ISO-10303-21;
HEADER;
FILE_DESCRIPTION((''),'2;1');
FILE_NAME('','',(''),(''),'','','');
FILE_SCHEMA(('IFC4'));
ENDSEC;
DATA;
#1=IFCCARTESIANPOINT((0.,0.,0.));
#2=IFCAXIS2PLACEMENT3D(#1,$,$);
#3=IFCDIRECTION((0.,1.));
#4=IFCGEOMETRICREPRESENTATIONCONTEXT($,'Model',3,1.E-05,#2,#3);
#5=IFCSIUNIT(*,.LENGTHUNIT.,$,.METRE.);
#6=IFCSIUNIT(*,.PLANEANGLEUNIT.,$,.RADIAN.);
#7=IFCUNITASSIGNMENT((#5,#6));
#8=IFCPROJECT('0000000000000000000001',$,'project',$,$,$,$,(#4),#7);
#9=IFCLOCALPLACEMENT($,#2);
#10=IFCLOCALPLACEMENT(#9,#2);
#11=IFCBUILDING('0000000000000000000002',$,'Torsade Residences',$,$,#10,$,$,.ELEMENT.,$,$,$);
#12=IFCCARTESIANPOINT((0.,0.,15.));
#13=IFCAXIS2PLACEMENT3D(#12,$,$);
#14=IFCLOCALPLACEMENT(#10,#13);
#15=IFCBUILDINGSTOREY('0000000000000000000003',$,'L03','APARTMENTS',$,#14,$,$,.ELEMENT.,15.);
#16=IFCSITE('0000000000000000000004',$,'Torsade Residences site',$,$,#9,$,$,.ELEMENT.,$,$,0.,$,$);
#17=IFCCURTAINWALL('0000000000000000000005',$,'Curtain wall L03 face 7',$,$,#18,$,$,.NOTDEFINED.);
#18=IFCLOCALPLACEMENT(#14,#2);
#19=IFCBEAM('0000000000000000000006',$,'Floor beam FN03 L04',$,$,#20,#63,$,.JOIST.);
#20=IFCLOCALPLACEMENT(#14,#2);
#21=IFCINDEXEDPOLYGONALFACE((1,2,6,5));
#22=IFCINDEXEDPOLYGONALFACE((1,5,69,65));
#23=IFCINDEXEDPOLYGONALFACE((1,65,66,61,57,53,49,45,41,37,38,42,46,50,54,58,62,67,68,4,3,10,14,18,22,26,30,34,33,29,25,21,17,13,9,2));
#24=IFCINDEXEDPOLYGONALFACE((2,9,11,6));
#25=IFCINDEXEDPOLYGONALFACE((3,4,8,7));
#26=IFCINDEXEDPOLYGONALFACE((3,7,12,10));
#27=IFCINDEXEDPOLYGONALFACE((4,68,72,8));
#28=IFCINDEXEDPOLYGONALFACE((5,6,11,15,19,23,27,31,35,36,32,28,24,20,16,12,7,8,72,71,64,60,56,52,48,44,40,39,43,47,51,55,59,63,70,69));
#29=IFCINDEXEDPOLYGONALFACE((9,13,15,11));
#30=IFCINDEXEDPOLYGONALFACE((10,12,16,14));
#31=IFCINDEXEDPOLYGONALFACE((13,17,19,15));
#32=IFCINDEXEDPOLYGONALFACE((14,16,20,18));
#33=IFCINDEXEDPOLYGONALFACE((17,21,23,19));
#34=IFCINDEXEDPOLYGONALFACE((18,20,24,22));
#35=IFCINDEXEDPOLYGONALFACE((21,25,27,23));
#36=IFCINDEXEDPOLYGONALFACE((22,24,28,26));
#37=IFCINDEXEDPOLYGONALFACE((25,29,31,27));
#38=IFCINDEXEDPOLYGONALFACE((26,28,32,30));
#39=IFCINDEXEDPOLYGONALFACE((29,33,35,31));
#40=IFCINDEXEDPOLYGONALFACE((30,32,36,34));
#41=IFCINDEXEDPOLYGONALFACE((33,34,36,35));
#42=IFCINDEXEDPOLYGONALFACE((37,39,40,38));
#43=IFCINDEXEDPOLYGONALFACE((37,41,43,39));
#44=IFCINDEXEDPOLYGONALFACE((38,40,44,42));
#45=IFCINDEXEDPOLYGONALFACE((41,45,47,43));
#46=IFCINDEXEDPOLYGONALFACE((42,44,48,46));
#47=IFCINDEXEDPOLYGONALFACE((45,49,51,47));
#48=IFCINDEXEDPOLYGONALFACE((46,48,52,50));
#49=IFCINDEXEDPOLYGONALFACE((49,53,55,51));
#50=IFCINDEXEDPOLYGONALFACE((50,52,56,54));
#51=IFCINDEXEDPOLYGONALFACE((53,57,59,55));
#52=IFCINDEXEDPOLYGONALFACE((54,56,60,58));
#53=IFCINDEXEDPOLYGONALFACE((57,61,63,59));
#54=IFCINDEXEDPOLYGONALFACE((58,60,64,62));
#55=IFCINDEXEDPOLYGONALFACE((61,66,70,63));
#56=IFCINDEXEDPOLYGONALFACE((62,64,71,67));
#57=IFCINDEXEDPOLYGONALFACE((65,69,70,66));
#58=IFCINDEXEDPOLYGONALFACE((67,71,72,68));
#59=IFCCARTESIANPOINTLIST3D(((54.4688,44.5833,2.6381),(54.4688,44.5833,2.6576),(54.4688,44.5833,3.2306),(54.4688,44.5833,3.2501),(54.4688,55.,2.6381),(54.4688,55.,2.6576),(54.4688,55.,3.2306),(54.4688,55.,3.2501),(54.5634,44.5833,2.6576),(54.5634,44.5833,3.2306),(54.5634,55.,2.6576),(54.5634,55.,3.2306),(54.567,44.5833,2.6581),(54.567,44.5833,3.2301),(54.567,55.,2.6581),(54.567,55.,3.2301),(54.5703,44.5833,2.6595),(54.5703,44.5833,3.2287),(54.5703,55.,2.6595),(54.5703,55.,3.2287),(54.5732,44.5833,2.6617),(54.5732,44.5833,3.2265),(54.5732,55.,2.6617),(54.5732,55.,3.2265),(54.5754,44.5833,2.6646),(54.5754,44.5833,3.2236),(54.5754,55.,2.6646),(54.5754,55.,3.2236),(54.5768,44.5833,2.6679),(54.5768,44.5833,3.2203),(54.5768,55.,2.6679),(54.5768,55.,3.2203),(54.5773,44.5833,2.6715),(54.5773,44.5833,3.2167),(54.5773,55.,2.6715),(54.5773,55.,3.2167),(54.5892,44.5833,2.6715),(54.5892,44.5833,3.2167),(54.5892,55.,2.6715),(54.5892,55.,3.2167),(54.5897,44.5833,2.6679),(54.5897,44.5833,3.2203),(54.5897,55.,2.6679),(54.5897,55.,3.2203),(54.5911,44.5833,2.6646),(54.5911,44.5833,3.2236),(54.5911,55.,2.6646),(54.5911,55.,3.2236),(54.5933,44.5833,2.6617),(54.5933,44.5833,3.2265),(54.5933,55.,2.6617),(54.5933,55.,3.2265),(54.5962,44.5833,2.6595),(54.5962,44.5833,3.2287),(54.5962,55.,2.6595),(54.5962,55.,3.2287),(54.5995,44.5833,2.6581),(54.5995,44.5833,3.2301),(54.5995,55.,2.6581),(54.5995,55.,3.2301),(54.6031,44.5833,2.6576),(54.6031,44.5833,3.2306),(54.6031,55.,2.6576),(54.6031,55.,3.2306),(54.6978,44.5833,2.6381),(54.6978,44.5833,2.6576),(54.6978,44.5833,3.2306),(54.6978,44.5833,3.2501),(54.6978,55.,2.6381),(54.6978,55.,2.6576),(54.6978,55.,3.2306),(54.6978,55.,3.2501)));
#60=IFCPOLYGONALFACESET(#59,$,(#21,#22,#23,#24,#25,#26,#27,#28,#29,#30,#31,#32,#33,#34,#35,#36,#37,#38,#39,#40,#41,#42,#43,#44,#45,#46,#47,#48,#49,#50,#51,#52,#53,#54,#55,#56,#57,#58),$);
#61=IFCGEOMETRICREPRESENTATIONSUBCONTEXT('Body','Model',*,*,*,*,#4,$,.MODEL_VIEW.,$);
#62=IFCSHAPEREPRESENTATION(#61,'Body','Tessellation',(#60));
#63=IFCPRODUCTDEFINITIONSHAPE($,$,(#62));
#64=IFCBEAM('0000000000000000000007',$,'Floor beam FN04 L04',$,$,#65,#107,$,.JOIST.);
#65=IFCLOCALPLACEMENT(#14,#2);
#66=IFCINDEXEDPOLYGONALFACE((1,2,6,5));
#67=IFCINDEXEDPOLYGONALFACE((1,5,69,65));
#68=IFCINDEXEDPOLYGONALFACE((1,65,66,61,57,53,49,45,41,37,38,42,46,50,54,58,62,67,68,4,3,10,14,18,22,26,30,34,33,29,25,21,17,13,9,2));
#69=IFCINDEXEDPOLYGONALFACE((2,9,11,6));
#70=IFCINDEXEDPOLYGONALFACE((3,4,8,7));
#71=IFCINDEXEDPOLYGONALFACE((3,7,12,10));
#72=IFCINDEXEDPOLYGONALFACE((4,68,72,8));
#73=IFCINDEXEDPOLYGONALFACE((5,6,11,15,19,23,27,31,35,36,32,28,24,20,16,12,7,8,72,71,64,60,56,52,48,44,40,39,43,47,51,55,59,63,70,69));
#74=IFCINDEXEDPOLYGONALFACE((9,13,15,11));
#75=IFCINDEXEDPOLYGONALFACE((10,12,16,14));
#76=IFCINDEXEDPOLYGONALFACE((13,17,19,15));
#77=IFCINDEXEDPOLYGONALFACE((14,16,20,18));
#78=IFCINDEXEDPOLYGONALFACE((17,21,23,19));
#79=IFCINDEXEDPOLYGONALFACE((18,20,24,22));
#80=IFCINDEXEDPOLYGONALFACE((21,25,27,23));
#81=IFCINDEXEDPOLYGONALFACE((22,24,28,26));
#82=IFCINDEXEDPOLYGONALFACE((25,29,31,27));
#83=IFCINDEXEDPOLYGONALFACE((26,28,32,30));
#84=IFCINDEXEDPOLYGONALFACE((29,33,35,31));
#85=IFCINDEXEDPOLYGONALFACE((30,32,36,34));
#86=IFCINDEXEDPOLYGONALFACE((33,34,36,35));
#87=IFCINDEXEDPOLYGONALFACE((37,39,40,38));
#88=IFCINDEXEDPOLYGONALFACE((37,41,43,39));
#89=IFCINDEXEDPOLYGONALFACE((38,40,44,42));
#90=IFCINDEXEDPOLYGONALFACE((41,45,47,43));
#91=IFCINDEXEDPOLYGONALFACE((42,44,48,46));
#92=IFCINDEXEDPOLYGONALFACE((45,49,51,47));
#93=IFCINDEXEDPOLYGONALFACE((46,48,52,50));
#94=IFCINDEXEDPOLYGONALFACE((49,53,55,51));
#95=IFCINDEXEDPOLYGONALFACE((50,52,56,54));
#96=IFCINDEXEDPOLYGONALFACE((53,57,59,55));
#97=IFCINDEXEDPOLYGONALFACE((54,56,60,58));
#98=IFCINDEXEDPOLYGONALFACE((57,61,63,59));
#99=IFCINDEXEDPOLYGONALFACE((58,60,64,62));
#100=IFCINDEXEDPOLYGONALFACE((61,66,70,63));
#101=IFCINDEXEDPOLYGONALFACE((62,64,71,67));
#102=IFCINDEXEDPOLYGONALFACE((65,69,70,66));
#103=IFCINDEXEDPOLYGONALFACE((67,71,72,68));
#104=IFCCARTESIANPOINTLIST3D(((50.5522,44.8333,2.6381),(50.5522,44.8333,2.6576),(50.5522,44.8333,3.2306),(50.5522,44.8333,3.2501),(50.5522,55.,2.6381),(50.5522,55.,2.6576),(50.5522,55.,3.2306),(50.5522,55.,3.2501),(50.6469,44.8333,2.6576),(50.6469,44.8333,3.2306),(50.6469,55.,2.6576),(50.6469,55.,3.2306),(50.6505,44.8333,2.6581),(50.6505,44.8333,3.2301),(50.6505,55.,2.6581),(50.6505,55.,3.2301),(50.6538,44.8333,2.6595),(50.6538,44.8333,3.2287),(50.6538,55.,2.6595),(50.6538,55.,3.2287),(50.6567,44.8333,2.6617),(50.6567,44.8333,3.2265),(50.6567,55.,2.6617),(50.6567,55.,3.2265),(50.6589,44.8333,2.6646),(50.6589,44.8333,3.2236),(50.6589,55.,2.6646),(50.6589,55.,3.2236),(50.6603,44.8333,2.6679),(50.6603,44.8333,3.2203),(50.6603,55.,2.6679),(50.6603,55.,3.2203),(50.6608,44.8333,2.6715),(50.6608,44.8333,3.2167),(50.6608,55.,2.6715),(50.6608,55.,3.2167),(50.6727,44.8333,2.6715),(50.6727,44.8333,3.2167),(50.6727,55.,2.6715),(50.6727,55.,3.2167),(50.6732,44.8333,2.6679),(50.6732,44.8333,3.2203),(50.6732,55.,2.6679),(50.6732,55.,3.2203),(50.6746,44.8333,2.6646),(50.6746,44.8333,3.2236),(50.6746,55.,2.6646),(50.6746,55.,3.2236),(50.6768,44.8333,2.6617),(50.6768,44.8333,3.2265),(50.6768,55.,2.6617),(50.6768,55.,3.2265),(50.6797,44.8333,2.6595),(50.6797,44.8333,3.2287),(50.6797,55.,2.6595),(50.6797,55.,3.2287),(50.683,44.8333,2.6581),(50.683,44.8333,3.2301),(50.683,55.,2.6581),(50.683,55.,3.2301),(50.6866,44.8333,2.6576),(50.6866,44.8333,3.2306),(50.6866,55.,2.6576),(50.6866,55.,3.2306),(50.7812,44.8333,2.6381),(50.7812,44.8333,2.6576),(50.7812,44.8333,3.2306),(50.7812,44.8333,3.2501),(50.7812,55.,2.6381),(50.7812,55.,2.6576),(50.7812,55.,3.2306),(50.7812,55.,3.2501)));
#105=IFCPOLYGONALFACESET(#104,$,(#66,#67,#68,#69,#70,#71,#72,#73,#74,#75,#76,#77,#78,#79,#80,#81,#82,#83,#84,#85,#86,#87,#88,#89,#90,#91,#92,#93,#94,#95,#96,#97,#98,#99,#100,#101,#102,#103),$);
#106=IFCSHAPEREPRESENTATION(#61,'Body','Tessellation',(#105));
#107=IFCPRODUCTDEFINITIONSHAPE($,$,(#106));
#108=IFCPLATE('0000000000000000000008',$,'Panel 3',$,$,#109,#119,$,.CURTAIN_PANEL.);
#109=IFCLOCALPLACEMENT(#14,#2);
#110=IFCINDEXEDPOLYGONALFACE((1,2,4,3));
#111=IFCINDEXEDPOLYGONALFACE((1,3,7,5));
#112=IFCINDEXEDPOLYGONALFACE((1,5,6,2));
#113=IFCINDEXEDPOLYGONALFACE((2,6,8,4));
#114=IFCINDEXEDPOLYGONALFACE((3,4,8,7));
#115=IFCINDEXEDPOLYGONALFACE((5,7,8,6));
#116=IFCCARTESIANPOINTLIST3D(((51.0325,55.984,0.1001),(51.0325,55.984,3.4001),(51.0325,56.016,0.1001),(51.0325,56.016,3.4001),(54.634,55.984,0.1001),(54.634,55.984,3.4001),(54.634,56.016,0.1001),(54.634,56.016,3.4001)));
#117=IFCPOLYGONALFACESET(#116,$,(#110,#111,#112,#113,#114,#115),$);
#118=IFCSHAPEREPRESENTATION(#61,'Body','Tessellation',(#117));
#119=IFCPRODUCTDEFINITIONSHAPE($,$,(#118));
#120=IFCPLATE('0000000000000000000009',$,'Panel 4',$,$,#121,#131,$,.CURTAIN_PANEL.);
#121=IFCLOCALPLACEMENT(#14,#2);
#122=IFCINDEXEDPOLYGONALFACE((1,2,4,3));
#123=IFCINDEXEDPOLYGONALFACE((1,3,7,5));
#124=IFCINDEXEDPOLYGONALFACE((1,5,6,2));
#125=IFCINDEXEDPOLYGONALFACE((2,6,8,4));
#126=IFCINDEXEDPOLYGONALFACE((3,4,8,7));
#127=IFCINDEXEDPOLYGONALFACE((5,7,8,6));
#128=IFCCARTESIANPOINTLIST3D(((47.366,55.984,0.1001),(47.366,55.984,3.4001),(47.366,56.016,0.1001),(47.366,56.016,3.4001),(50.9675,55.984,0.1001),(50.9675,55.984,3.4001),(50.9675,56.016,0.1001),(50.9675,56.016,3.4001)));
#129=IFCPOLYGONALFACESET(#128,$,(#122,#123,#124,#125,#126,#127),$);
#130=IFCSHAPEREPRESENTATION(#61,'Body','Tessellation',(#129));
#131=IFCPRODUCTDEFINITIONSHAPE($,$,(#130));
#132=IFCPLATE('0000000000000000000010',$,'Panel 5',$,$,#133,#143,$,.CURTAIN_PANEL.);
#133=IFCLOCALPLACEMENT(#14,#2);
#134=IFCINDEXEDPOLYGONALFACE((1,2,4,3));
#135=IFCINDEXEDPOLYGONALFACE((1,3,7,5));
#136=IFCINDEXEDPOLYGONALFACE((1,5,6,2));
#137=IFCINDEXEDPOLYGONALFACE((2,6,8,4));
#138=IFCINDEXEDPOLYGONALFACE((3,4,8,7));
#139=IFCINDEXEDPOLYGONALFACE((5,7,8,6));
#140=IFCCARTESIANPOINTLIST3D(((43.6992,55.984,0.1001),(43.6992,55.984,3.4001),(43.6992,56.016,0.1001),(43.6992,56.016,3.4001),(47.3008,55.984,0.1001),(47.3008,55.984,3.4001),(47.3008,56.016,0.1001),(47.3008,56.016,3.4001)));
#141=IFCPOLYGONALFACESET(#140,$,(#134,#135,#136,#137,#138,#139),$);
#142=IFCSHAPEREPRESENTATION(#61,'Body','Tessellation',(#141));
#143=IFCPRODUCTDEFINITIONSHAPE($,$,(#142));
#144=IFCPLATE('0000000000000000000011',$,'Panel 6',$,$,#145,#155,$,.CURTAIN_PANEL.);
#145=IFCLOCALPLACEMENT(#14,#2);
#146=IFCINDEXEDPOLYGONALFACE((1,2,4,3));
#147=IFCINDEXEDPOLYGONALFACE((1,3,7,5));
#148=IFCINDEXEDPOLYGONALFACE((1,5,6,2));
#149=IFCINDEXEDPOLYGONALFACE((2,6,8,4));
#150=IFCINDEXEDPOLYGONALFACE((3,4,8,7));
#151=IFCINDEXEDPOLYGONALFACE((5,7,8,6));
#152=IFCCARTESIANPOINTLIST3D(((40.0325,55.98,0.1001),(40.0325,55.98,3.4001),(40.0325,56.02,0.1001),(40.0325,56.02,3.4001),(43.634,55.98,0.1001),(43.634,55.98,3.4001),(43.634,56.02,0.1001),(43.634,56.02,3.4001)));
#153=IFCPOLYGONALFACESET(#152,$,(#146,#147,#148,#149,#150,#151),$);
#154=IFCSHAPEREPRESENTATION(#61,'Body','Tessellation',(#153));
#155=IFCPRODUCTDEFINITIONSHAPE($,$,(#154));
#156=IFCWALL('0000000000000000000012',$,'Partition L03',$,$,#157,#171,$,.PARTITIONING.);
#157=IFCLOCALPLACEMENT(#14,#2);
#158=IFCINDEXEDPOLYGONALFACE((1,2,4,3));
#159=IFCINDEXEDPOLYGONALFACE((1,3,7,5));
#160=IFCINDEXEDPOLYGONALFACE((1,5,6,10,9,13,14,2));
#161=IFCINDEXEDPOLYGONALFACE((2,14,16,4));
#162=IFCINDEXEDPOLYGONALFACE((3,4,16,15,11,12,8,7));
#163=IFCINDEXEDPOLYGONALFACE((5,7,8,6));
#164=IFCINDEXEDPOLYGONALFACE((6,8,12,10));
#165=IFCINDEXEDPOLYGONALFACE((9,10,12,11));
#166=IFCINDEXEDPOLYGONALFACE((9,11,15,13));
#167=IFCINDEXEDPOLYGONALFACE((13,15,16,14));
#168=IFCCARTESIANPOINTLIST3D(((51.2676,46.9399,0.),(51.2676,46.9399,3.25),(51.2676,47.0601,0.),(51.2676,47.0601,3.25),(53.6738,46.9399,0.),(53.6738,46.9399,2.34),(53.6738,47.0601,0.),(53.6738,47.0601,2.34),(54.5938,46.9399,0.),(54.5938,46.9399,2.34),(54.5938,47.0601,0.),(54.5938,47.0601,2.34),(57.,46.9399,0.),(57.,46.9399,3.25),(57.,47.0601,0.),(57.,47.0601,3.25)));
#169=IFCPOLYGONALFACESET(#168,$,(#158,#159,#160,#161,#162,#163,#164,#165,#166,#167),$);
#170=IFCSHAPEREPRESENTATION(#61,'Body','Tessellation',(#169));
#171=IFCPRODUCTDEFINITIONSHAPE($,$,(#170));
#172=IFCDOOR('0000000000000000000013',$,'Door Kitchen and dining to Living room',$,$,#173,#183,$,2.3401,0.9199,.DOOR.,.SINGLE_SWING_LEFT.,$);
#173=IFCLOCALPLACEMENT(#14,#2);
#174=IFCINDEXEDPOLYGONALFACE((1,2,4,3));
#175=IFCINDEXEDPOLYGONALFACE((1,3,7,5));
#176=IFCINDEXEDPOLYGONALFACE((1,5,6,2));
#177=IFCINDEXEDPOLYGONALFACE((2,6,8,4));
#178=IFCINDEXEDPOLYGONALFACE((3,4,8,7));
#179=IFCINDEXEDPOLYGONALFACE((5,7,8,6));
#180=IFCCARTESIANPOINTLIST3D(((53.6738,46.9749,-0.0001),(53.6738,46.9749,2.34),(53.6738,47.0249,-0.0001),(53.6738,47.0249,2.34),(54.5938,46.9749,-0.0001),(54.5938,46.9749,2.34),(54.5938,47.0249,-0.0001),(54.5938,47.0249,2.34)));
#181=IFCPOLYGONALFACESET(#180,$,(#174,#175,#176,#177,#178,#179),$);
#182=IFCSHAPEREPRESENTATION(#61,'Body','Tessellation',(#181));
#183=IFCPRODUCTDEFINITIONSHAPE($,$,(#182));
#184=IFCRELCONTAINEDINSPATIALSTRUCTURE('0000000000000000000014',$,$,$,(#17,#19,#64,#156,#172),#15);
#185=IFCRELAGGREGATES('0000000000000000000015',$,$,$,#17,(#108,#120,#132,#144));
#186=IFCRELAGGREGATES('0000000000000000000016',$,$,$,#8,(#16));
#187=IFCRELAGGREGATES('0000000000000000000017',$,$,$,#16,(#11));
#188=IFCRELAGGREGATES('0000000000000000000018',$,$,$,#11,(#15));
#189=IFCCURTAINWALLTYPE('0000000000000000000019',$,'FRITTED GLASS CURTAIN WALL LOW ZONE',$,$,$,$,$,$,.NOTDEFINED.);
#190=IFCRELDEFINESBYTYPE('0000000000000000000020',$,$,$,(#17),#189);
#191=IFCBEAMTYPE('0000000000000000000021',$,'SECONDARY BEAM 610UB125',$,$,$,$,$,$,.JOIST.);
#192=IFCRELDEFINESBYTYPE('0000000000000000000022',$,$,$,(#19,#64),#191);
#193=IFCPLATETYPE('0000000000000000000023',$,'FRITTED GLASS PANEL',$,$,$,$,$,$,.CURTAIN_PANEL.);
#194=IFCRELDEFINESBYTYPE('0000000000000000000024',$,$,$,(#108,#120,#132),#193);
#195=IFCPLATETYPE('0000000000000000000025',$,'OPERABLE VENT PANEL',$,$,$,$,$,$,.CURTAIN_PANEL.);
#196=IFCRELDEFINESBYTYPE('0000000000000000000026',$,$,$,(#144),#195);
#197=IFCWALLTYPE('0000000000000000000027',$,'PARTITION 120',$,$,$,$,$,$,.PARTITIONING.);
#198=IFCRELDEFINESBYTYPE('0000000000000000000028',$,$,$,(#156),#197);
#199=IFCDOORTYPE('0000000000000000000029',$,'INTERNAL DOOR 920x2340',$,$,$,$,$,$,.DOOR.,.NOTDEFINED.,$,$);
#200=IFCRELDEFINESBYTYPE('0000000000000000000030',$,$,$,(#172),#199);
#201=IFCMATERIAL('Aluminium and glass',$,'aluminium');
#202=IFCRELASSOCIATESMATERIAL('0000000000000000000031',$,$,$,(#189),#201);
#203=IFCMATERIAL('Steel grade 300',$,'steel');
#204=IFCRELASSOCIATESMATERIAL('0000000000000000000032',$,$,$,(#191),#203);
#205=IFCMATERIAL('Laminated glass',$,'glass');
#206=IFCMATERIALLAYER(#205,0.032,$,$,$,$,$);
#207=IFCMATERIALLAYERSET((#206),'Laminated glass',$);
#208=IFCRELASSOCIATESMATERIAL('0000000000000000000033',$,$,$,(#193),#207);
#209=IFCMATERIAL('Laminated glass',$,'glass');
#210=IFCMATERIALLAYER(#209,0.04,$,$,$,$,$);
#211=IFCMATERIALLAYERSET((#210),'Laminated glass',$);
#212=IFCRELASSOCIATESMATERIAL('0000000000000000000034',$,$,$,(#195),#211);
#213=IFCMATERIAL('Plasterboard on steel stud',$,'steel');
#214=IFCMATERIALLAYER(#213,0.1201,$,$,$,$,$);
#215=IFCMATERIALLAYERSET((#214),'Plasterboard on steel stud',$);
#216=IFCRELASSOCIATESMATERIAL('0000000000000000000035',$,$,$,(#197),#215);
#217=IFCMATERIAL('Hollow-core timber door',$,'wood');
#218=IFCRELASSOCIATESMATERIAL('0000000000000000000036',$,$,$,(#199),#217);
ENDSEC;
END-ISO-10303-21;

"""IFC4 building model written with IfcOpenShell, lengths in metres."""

from ifc_helpers import new_model, si_unit, direction, frame, frame_2d, origin, origin_2d, place, context, subcontext, project, spatial, rectangle, i_section, extrude, material, layer, layer_set, material_profile, profile_set, type_object, element, fill, aggregate, save


model = new_model("IFC4")

# Units and contexts
model_context = context("Model", 3, precision=1e-05, world=origin(), true_north=direction((0.0, 1.0)))
body_context = subcontext(model_context, "Body", "Model", "MODEL_VIEW")
ifc_project = project(units=[si_unit("LENGTHUNIT", "METRE"), si_unit("PLANEANGLEUNIT", "RADIAN")], contexts=[model_context])

# Site, building, storey
site_placement = place(None, origin())
site = spatial("IfcSite", under=ifc_project, at=site_placement, Name="Torsade Residences site", CompositionType="ELEMENT", RefElevation=0.0)
building_placement = place(site_placement, origin())
building = spatial("IfcBuilding", under=site, at=building_placement, Name="Torsade Residences", CompositionType="ELEMENT")
storey_placement = place(building_placement, frame((0.0, 0.0, 15.0)))
storey = spatial("IfcBuildingStorey", under=building, at=storey_placement, Name="L03", Description="APARTMENTS", CompositionType="ELEMENT", Elevation=15.0)

# Curtain wall
ifc_material_1 = material(Name="Aluminium and glass", Category="aluminium")
curtain_wall_type = type_object("IfcCurtainWallType", Name="FRITTED GLASS CURTAIN WALL LOW ZONE", PredefinedType="NOTDEFINED", material=ifc_material_1)
curtain_wall_placement = place(storey_placement, origin())
curtain_wall = element("IfcCurtainWall", 1, at=curtain_wall_placement, inside=storey, type_object=curtain_wall_type, Name="Curtain wall L03 face 7", PredefinedType="NOTDEFINED")

# Beams
ifc_material_2 = material(Name="Steel grade 300", Category="steel")
ifc_material_profile_1 = material_profile(ifc_material_2, i_section(OverallWidth=0.229, OverallDepth=0.6121, WebThickness=0.012, FlangeThickness=0.0195, FilletRadius=0.0139, at=origin_2d()), Name="610UB125")
ifc_profile_set_1 = profile_set([ifc_material_profile_1], Name="Steel grade 300")
beam_type_1 = type_object("IfcBeamType", Name="SECONDARY BEAM 610UB125", PredefinedType="JOIST", material=ifc_profile_set_1)
beam_1_placement = place(storey_placement, frame((54.5833, 55.0, 2.9441), z_axis=(0.0, -1.0, 0.0), x_axis=(1.0, 0.0, 0.0)))
element("IfcBeam", 2, at=beam_1_placement, inside=storey, type_object=beam_type_1, Name="Floor beam FN03 L04", PredefinedType="JOIST", context=body_context, shape_type="SweptSolid", body=[
    extrude(i_section(OverallWidth=0.229, OverallDepth=0.6121, WebThickness=0.012, FlangeThickness=0.0195, FilletRadius=0.0139, at=origin_2d()), origin(), (0.0, 0.0, 1.0), 10.4167),
])
beam_2_placement = place(storey_placement, frame((50.6667, 55.0, 2.9441), z_axis=(0.0, -1.0, 0.0), x_axis=(1.0, 0.0, 0.0)))
element("IfcBeam", 3, at=beam_2_placement, inside=storey, type_object=beam_type_1, Name="Floor beam FN04 L04", PredefinedType="JOIST", context=body_context, shape_type="SweptSolid", body=[
    extrude(i_section(OverallWidth=0.229, OverallDepth=0.6121, WebThickness=0.012, FlangeThickness=0.0195, FilletRadius=0.0139, at=origin_2d()), origin(), (0.0, 0.0, 1.0), 10.1667),
])

# Plates
ifc_material_3 = material(Name="Laminated glass", Category="glass")
ifc_layer_1 = layer(ifc_material_3, 0.032)
ifc_layer_set_1 = layer_set([ifc_layer_1], Name="Laminated glass")
plate_type_1 = type_object("IfcPlateType", Name="FRITTED GLASS PANEL", PredefinedType="CURTAIN_PANEL", material=ifc_layer_set_1)
plate_1_placement = place(storey_placement, frame((52.8333, 56.0, 0.1001), z_axis=(0.0, 0.0, 1.0), x_axis=(-1.0, 0.0, 0.0)))
plate_1 = element("IfcPlate", 4, at=plate_1_placement, type_object=plate_type_1, Name="Panel 3", PredefinedType="CURTAIN_PANEL", context=body_context, shape_type="SweptSolid", body=[
    extrude(rectangle(XDim=3.6016, YDim=0.032, at=origin_2d()), origin(), (0.0, 0.0, 1.0), 3.3),
])
plate_2_placement = place(storey_placement, frame((49.1667, 56.0, 0.1001), z_axis=(0.0, 0.0, 1.0), x_axis=(-1.0, 0.0, 0.0)))
plate_2 = element("IfcPlate", 5, at=plate_2_placement, type_object=plate_type_1, Name="Panel 4", PredefinedType="CURTAIN_PANEL", context=body_context, shape_type="SweptSolid", body=[
    extrude(rectangle(XDim=3.6016, YDim=0.032, at=origin_2d()), origin(), (0.0, 0.0, 1.0), 3.3),
])
plate_3_placement = place(storey_placement, frame((45.5, 56.0, 0.1001), z_axis=(0.0, 0.0, 1.0), x_axis=(-1.0, 0.0, 0.0)))
plate_3 = element("IfcPlate", 6, at=plate_3_placement, type_object=plate_type_1, Name="Panel 5", PredefinedType="CURTAIN_PANEL", context=body_context, shape_type="SweptSolid", body=[
    extrude(rectangle(XDim=3.6016, YDim=0.032, at=origin_2d()), origin(), (0.0, 0.0, 1.0), 3.3),
])
ifc_material_4 = material(Name="Laminated glass", Category="glass")
ifc_layer_2 = layer(ifc_material_4, 0.04)
ifc_layer_set_2 = layer_set([ifc_layer_2], Name="Laminated glass")
plate_type_2 = type_object("IfcPlateType", Name="OPERABLE VENT PANEL", PredefinedType="CURTAIN_PANEL", material=ifc_layer_set_2)
plate_4_placement = place(storey_placement, frame((41.8333, 56.0, 0.1001), z_axis=(0.0, 0.0, 1.0), x_axis=(-1.0, 0.0, 0.0)))
plate_4 = element("IfcPlate", 7, at=plate_4_placement, type_object=plate_type_2, Name="Panel 6", PredefinedType="CURTAIN_PANEL", context=body_context, shape_type="SweptSolid", body=[
    extrude(rectangle(XDim=3.6016, YDim=0.04, at=origin_2d()), origin(), (0.0, 0.0, 1.0), 3.3),
])
aggregate(curtain_wall, [plate_1, plate_2, plate_3, plate_4])

# Wall, opening, door
ifc_material_5 = material(Name="Plasterboard on steel stud", Category="steel")
ifc_layer_3 = layer(ifc_material_5, 0.1201)
ifc_layer_set_3 = layer_set([ifc_layer_3], Name="Plasterboard on steel stud")
wall_type_1 = type_object("IfcWallType", Name="PARTITION 120", PredefinedType="PARTITIONING", material=ifc_layer_set_3)
wall_1_placement = place(storey_placement, frame((51.2676, 47.0, 0.0), z_axis=(0.0, 0.0, 1.0), x_axis=(1.0, 0.0, 0.0)))
wall_1 = element("IfcWall", 8, at=wall_1_placement, inside=storey, type_object=wall_type_1, Name="Partition L03", PredefinedType="PARTITIONING", context=body_context, shape_type="SweptSolid", body=[
    extrude(rectangle(XDim=5.7324, YDim=0.1201, at=frame_2d((2.8662, 0.0))), origin(), (0.0, 0.0, 1.0), 3.25),
])
opening_1_placement = place(wall_1_placement, frame((2.4062, 0.0, 0.0)))
opening_1 = element("IfcOpeningElement", 9, at=opening_1_placement, cuts=wall_1, PredefinedType="OPENING", context=body_context, shape_type="SweptSolid", body=[
    extrude(rectangle(XDim=0.9199, YDim=2.3401, at=frame_2d((0.46, 1.1699))), frame((0.0, 0.0701, 0.0), z_axis=(0.0, -1.0, 0.0), x_axis=(1.0, 0.0, 0.0)), (0.0, 0.0, 1.0), 0.1401),
])
ifc_material_6 = material(Name="Hollow-core timber door", Category="wood")
door_type = type_object("IfcDoorType", Name="INTERNAL DOOR 920x2340", OperationType="NOTDEFINED", PredefinedType="DOOR", material=ifc_material_6)
door_1_placement = place(opening_1_placement, origin())
door_1 = element("IfcDoor", 10, at=door_1_placement, inside=storey, type_object=door_type, Name="Door Kitchen and dining to Living room", OperationType="SINGLE_SWING_LEFT", OverallHeight=2.3401, OverallWidth=0.9199, PredefinedType="DOOR", context=body_context, shape_type="SweptSolid", body=[
    extrude(rectangle(XDim=0.9199, YDim=2.3401, at=frame_2d((0.46, 1.1699))), frame((0.0, 0.0249, 0.0), z_axis=(0.0, -1.0, 0.0), x_axis=(1.0, 0.0, 0.0)), (0.0, 0.0, 1.0), 0.05),
])
fill(opening_1, door_1)

save(model, "model.ifc")
